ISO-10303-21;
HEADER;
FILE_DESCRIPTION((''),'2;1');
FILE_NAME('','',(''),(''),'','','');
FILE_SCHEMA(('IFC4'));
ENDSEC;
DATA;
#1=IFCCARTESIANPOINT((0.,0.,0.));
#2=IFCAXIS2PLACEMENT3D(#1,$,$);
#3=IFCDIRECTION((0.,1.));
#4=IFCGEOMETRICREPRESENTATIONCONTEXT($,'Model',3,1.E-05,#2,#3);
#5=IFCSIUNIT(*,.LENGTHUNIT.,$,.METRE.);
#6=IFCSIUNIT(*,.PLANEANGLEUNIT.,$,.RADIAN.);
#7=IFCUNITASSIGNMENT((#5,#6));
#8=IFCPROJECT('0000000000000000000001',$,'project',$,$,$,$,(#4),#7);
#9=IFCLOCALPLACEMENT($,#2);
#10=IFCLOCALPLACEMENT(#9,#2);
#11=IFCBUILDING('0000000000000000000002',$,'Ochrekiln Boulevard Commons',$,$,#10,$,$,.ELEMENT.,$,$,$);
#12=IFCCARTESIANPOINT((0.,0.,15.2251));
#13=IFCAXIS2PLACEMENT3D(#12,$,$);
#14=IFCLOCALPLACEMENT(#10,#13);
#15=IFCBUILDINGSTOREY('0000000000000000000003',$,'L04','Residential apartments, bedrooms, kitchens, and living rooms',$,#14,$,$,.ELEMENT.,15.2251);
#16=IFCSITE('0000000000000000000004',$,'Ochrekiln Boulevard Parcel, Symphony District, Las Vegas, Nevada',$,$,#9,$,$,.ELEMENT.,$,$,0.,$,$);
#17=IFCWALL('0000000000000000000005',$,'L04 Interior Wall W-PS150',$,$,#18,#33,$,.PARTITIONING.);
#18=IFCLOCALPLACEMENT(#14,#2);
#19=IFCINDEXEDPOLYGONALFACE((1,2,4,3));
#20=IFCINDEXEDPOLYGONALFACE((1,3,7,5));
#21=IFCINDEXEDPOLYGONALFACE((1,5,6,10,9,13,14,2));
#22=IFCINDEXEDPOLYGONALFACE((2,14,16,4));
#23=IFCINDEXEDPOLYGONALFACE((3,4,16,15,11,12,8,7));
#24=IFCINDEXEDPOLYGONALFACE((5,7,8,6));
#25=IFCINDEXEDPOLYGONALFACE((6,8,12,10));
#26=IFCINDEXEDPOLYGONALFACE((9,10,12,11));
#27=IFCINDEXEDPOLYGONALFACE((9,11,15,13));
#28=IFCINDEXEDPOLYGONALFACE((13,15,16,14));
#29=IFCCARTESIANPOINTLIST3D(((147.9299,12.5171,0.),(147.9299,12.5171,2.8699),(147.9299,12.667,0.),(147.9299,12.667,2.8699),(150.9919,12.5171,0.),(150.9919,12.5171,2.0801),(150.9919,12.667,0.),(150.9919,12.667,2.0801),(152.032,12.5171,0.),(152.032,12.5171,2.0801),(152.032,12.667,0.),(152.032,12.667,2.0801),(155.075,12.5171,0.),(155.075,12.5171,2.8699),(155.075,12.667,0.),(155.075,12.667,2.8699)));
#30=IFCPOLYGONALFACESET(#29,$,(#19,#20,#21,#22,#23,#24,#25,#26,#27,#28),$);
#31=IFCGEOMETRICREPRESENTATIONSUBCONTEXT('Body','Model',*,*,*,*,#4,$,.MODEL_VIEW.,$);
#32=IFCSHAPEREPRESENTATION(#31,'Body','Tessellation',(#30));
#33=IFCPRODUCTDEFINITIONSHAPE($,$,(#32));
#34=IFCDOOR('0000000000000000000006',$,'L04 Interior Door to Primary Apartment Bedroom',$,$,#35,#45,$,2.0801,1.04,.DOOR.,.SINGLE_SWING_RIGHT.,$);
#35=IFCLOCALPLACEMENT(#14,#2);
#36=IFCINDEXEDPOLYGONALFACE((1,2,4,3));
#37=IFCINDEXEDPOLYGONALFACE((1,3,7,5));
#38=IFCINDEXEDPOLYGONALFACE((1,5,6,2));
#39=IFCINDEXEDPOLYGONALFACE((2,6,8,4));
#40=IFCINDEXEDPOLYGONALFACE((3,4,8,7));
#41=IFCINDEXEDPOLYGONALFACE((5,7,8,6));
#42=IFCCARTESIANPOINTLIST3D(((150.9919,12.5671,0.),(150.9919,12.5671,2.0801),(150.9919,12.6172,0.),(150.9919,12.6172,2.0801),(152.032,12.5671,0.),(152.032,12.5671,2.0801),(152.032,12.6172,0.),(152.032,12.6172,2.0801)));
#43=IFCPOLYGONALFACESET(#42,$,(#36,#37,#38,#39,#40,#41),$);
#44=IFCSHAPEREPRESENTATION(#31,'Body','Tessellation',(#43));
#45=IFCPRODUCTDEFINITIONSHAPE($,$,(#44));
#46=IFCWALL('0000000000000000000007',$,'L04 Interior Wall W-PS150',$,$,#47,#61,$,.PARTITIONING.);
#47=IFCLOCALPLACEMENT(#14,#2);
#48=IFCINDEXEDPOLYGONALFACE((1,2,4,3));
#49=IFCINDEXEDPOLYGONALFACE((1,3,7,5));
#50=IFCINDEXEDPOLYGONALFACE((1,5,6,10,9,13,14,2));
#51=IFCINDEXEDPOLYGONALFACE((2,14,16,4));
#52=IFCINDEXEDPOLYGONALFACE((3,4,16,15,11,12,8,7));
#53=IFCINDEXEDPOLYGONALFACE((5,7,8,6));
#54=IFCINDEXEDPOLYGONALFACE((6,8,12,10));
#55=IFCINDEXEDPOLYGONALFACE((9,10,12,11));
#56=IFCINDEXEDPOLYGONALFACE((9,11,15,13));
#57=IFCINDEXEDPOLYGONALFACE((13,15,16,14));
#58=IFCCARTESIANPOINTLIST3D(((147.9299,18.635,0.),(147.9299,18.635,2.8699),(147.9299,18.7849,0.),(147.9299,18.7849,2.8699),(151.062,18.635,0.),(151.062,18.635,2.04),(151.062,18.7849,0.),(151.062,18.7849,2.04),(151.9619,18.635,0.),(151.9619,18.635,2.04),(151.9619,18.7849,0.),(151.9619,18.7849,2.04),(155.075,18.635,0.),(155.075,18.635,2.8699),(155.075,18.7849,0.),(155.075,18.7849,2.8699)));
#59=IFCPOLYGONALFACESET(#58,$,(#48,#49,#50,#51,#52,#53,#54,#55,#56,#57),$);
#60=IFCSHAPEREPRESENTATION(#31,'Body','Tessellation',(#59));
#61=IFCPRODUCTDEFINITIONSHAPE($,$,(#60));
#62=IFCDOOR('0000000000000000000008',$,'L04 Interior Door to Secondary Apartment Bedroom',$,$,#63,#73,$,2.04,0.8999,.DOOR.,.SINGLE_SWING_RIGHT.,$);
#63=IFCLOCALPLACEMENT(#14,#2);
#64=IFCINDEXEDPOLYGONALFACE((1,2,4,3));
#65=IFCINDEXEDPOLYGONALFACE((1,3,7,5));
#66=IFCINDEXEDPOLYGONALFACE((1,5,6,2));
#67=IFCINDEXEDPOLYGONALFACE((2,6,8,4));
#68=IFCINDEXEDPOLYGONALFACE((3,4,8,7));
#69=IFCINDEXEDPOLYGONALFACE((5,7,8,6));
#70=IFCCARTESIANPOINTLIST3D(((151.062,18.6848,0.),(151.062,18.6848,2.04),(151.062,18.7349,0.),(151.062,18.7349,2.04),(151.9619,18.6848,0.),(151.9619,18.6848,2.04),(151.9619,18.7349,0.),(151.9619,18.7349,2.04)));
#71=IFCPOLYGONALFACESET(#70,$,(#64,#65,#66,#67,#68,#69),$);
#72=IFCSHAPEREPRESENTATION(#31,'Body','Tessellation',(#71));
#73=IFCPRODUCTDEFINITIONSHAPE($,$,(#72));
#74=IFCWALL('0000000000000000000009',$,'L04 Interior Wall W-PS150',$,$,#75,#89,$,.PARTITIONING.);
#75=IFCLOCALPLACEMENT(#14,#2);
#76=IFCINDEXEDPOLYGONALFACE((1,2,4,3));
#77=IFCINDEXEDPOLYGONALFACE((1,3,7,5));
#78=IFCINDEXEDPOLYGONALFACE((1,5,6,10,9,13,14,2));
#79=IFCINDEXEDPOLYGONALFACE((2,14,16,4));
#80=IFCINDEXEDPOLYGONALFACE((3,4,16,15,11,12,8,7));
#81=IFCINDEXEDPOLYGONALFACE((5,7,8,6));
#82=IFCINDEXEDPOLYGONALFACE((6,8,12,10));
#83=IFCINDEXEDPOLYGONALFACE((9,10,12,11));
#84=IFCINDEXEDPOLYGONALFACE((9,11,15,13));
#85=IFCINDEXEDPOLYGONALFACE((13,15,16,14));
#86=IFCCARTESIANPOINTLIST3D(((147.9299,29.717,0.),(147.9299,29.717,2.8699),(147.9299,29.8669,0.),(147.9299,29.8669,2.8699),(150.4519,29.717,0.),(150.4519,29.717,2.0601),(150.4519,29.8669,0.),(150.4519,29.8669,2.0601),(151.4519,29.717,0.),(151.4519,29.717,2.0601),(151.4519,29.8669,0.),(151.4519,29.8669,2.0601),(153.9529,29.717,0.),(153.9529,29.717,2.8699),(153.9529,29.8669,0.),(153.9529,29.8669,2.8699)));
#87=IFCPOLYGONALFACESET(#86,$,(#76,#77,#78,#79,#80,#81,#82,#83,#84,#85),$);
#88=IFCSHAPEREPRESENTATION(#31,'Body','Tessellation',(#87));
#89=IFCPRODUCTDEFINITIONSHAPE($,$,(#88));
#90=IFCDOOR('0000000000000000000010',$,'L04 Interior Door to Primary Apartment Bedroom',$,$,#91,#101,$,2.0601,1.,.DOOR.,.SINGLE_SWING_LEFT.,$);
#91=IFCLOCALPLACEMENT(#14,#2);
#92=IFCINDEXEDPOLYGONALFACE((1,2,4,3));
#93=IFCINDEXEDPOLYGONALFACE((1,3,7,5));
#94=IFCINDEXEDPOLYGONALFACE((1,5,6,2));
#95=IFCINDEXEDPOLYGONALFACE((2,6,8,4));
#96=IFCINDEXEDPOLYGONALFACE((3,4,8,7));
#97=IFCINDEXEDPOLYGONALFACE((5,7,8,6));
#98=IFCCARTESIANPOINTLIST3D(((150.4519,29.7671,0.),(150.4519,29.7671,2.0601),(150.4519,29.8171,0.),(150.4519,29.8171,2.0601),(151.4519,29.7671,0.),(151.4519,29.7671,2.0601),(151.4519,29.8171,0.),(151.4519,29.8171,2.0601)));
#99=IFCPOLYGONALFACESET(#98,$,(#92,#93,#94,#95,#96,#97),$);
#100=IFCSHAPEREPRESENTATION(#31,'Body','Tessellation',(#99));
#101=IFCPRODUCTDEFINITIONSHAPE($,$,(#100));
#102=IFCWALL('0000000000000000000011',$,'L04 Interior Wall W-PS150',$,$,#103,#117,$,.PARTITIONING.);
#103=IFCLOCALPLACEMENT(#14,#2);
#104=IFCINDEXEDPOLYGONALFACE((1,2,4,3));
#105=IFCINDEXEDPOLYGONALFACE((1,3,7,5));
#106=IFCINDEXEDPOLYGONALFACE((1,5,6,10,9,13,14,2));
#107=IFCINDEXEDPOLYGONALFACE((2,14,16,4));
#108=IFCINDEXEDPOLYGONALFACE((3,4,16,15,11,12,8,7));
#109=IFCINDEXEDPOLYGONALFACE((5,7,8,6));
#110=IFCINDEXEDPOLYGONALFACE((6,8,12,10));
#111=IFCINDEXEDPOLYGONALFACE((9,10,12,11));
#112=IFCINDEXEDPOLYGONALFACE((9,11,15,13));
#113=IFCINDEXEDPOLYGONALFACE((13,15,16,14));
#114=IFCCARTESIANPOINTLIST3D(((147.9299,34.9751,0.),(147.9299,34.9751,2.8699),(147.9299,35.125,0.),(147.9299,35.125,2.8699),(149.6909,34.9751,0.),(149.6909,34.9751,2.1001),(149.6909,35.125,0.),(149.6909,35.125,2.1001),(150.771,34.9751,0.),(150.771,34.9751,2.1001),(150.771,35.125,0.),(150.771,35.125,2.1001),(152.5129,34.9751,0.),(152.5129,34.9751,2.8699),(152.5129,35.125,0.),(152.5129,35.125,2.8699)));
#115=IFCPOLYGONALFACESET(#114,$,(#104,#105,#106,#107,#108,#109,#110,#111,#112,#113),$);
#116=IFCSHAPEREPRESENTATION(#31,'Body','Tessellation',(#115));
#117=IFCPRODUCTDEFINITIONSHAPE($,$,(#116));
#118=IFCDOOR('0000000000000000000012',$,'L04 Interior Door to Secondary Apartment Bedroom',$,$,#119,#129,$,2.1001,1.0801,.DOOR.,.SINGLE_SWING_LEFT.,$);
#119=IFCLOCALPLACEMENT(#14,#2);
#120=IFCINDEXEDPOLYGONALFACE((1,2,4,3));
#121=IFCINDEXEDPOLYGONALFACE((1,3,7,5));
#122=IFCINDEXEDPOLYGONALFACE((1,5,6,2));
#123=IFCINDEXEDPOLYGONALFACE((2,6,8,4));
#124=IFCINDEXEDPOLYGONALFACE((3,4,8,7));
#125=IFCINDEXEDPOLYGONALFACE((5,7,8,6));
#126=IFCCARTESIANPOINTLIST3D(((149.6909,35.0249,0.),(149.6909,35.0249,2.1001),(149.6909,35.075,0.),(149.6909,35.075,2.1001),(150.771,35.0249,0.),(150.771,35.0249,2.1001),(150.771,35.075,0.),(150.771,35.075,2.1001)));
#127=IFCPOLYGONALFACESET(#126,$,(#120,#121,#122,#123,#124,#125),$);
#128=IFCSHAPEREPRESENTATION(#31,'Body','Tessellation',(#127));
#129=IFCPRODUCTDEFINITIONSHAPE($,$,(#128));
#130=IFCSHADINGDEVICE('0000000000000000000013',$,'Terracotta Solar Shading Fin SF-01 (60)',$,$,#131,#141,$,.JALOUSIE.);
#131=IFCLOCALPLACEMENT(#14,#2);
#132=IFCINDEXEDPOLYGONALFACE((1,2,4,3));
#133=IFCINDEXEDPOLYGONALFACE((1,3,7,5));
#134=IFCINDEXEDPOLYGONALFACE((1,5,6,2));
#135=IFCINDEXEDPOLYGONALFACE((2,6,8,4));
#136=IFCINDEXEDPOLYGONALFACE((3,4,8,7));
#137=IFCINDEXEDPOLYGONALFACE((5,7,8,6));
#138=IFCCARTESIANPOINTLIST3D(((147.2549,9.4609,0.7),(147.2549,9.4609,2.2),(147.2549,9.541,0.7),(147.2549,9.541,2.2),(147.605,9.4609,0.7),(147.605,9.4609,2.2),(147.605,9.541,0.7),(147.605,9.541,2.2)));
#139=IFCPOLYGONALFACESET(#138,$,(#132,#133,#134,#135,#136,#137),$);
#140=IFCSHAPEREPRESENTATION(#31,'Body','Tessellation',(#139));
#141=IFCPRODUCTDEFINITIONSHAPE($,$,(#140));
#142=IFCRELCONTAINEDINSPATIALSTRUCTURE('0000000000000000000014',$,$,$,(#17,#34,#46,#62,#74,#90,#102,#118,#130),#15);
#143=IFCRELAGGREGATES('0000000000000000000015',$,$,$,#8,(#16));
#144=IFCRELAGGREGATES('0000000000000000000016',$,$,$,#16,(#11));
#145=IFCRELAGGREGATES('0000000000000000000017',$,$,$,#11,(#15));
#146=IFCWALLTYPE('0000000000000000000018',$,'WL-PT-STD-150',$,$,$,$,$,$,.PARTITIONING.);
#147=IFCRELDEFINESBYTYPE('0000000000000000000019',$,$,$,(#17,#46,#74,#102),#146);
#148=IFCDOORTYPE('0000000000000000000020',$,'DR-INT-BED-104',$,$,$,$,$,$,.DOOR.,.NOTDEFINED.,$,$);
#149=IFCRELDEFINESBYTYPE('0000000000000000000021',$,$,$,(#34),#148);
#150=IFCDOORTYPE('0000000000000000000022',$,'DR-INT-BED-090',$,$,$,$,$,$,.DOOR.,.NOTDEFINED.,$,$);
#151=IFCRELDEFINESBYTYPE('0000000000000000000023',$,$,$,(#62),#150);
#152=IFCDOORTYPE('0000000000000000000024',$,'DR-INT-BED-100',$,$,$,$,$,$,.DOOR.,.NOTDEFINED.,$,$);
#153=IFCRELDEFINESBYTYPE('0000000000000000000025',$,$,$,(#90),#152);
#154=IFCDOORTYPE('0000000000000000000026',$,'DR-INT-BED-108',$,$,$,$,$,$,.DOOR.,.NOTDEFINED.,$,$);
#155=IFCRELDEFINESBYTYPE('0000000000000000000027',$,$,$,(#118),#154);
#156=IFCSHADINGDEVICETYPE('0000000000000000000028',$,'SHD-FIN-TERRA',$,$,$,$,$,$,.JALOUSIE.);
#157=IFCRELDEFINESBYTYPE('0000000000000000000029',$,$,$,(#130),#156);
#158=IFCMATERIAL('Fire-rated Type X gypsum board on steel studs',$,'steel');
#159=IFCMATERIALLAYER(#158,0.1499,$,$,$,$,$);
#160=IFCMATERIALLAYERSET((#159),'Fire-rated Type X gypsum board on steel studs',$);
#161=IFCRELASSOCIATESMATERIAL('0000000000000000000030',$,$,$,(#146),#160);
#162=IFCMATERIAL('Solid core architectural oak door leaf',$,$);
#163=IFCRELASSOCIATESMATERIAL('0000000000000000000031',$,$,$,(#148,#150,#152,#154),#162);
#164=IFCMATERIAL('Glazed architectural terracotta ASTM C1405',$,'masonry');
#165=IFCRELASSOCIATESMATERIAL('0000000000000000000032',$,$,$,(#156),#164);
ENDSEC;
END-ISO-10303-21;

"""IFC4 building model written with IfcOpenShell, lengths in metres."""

from ifc_helpers import new_model, si_unit, direction, frame, frame_2d, origin, origin_2d, place, context, subcontext, project, spatial, rectangle, extrude, material, layer, layer_set, type_object, element, fill, save


model = new_model("IFC4")

# Units and contexts
model_context = context("Model", 3, precision=1e-05, world=origin(), true_north=direction((0.0, 1.0)))
body_context = subcontext(model_context, "Body", "Model", "MODEL_VIEW")
ifc_project = project(units=[si_unit("LENGTHUNIT", "METRE"), si_unit("PLANEANGLEUNIT", "RADIAN")], contexts=[model_context])

# Site, building, storey
site_placement = place(None, origin())
site = spatial("IfcSite", under=ifc_project, at=site_placement, Name="Ochrekiln Boulevard Parcel, Symphony District, Las Vegas, Nevada", CompositionType="ELEMENT", RefElevation=0.0)
building_placement = place(site_placement, origin())
building = spatial("IfcBuilding", under=site, at=building_placement, Name="Ochrekiln Boulevard Commons", CompositionType="ELEMENT")
storey_placement = place(building_placement, frame((0.0, 0.0, 15.2251)))
storey = spatial("IfcBuildingStorey", under=building, at=storey_placement, Name="L04", Description="Residential apartments, bedrooms, kitchens, and living rooms", CompositionType="ELEMENT", Elevation=15.2251)

# Shared definitions
ifc_material_1 = material(Name="Fire-rated Type X gypsum board on steel studs", Category="steel")

# Walls, openings, doors
ifc_layer_1 = layer(ifc_material_1, 0.1499)
ifc_layer_set_1 = layer_set([ifc_layer_1], Name="Fire-rated Type X gypsum board on steel studs")
wall_type_1 = type_object("IfcWallType", Name="WL-PT-STD-150", PredefinedType="PARTITIONING", material=ifc_layer_set_1)
wall_1_placement = place(storey_placement, frame((147.9299, 12.592, 0.0), z_axis=(0.0, 0.0, 1.0), x_axis=(1.0, 0.0, 0.0)))
wall_1 = element("IfcWall", 1, at=wall_1_placement, inside=storey, type_object=wall_type_1, Name="L04 Interior Wall W-PS150", PredefinedType="PARTITIONING", context=body_context, shape_type="SweptSolid", body=[
    extrude(rectangle(XDim=7.145, YDim=0.1499, at=frame_2d((3.5725, 0.0))), origin(), (0.0, 0.0, 1.0), 2.8699),
])
opening_1_placement = place(wall_1_placement, frame((3.062, 0.0, 0.0)))
opening_1 = element("IfcOpeningElement", 2, at=opening_1_placement, cuts=wall_1, PredefinedType="OPENING", context=body_context, shape_type="SweptSolid", body=[
    extrude(rectangle(XDim=1.04, YDim=2.0801, at=frame_2d((0.52, 1.04))), frame((0.0, 0.085, 0.0), z_axis=(0.0, -1.0, 0.0), x_axis=(1.0, 0.0, 0.0)), (0.0, 0.0, 1.0), 0.1699),
])
ifc_material_2 = material(Name="Solid core architectural oak door leaf")
door_type_1 = type_object("IfcDoorType", Name="DR-INT-BED-104", OperationType="NOTDEFINED", PredefinedType="DOOR", material=ifc_material_2)
door_1_placement = place(opening_1_placement, frame((1.04, 0.0, 0.0), z_axis=(0.0, 0.0, 1.0), x_axis=(-1.0, 0.0, 0.0)))
door_1 = element("IfcDoor", 3, at=door_1_placement, inside=storey, type_object=door_type_1, Name="L04 Interior Door to Primary Apartment Bedroom", OperationType="SINGLE_SWING_RIGHT", OverallHeight=2.0801, OverallWidth=1.04, PredefinedType="DOOR", context=body_context, shape_type="SweptSolid", body=[
    extrude(rectangle(XDim=1.04, YDim=2.0801, at=frame_2d((0.52, 1.04))), frame((0.0, 0.0249, 0.0), z_axis=(0.0, -1.0, 0.0), x_axis=(1.0, 0.0, 0.0)), (0.0, 0.0, 1.0), 0.05),
])
fill(opening_1, door_1)
wall_2_placement = place(storey_placement, frame((147.9299, 18.71, 0.0), z_axis=(0.0, 0.0, 1.0), x_axis=(1.0, 0.0, 0.0)))
wall_2 = element("IfcWall", 4, at=wall_2_placement, inside=storey, type_object=wall_type_1, Name="L04 Interior Wall W-PS150", PredefinedType="PARTITIONING", context=body_context, shape_type="SweptSolid", body=[
    extrude(rectangle(XDim=7.145, YDim=0.1499, at=frame_2d((3.5725, 0.0))), origin(), (0.0, 0.0, 1.0), 2.8699),
])
opening_2_placement = place(wall_2_placement, frame((3.1321, 0.0, 0.0)))
opening_2 = element("IfcOpeningElement", 5, at=opening_2_placement, cuts=wall_2, PredefinedType="OPENING", context=body_context, shape_type="SweptSolid", body=[
    extrude(rectangle(XDim=0.8999, YDim=2.04, at=frame_2d((0.45, 1.02))), frame((0.0, 0.085, 0.0), z_axis=(0.0, -1.0, 0.0), x_axis=(1.0, 0.0, 0.0)), (0.0, 0.0, 1.0), 0.1699),
])
door_type_2 = type_object("IfcDoorType", Name="DR-INT-BED-090", OperationType="NOTDEFINED", PredefinedType="DOOR", material=ifc_material_2)
door_2_placement = place(opening_2_placement, origin())
door_2 = element("IfcDoor", 6, at=door_2_placement, inside=storey, type_object=door_type_2, Name="L04 Interior Door to Secondary Apartment Bedroom", OperationType="SINGLE_SWING_RIGHT", OverallHeight=2.04, OverallWidth=0.8999, PredefinedType="DOOR", context=body_context, shape_type="SweptSolid", body=[
    extrude(rectangle(XDim=0.8999, YDim=2.04, at=frame_2d((0.45, 1.02))), frame((0.0, 0.0249, 0.0), z_axis=(0.0, -1.0, 0.0), x_axis=(1.0, 0.0, 0.0)), (0.0, 0.0, 1.0), 0.05),
])
fill(opening_2, door_2)
wall_3_placement = place(storey_placement, frame((147.9299, 29.792, 0.0), z_axis=(0.0, 0.0, 1.0), x_axis=(1.0, 0.0, 0.0)))
wall_3 = element("IfcWall", 7, at=wall_3_placement, inside=storey, type_object=wall_type_1, Name="L04 Interior Wall W-PS150", PredefinedType="PARTITIONING", context=body_context, shape_type="SweptSolid", body=[
    extrude(rectangle(XDim=6.0229, YDim=0.1499, at=frame_2d((3.0115, 0.0))), origin(), (0.0, 0.0, 1.0), 2.8699),
])
opening_3_placement = place(wall_3_placement, frame((2.522, 0.0, 0.0)))
opening_3 = element("IfcOpeningElement", 8, at=opening_3_placement, cuts=wall_3, PredefinedType="OPENING", context=body_context, shape_type="SweptSolid", body=[
    extrude(rectangle(XDim=1.0, YDim=2.0601, at=frame_2d((0.5, 1.03))), frame((0.0, 0.085, 0.0), z_axis=(0.0, -1.0, 0.0), x_axis=(1.0, 0.0, 0.0)), (0.0, 0.0, 1.0), 0.1699),
])
door_type_3 = type_object("IfcDoorType", Name="DR-INT-BED-100", OperationType="NOTDEFINED", PredefinedType="DOOR", material=ifc_material_2)
door_3_placement = place(opening_3_placement, frame((1.0, 0.0, 0.0), z_axis=(0.0, 0.0, 1.0), x_axis=(-1.0, 0.0, 0.0)))
door_3 = element("IfcDoor", 9, at=door_3_placement, inside=storey, type_object=door_type_3, Name="L04 Interior Door to Primary Apartment Bedroom", OperationType="SINGLE_SWING_LEFT", OverallHeight=2.0601, OverallWidth=1.0, PredefinedType="DOOR", context=body_context, shape_type="SweptSolid", body=[
    extrude(rectangle(XDim=1.0, YDim=2.0601, at=frame_2d((0.5, 1.03))), frame((0.0, 0.0249, 0.0), z_axis=(0.0, -1.0, 0.0), x_axis=(1.0, 0.0, 0.0)), (0.0, 0.0, 1.0), 0.05),
])
fill(opening_3, door_3)
wall_4_placement = place(storey_placement, frame((147.9299, 35.05, 0.0), z_axis=(0.0, 0.0, 1.0), x_axis=(1.0, 0.0, 0.0)))
wall_4 = element("IfcWall", 10, at=wall_4_placement, inside=storey, type_object=wall_type_1, Name="L04 Interior Wall W-PS150", PredefinedType="PARTITIONING", context=body_context, shape_type="SweptSolid", body=[
    extrude(rectangle(XDim=4.583, YDim=0.1499, at=frame_2d((2.2915, 0.0))), origin(), (0.0, 0.0, 1.0), 2.8699),
])
opening_4_placement = place(wall_4_placement, frame((1.761, 0.0, 0.0)))
opening_4 = element("IfcOpeningElement", 11, at=opening_4_placement, cuts=wall_4, PredefinedType="OPENING", context=body_context, shape_type="SweptSolid", body=[
    extrude(rectangle(XDim=1.0801, YDim=2.1001, at=frame_2d((0.54, 1.05))), frame((0.0, 0.085, 0.0), z_axis=(0.0, -1.0, 0.0), x_axis=(1.0, 0.0, 0.0)), (0.0, 0.0, 1.0), 0.1699),
])
door_type_4 = type_object("IfcDoorType", Name="DR-INT-BED-108", OperationType="NOTDEFINED", PredefinedType="DOOR", material=ifc_material_2)
door_4_placement = place(opening_4_placement, origin())
door_4 = element("IfcDoor", 12, at=door_4_placement, inside=storey, type_object=door_type_4, Name="L04 Interior Door to Secondary Apartment Bedroom", OperationType="SINGLE_SWING_LEFT", OverallHeight=2.1001, OverallWidth=1.0801, PredefinedType="DOOR", context=body_context, shape_type="SweptSolid", body=[
    extrude(rectangle(XDim=1.0801, YDim=2.1001, at=frame_2d((0.54, 1.05))), frame((0.0, 0.0249, 0.0), z_axis=(0.0, -1.0, 0.0), x_axis=(1.0, 0.0, 0.0)), (0.0, 0.0, 1.0), 0.05),
])
fill(opening_4, door_4)

# Shading device
ifc_material_3 = material(Name="Glazed architectural terracotta ASTM C1405", Category="masonry")
shading_device_type = type_object("IfcShadingDeviceType", Name="SHD-FIN-TERRA", PredefinedType="JALOUSIE", material=ifc_material_3)
shading_device_placement = place(storey_placement, frame((147.4299, 9.501, 0.7), z_axis=(0.0, 0.0, 1.0), x_axis=(1.0, 0.0, 0.0)))
element("IfcShadingDevice", 13, at=shading_device_placement, inside=storey, type_object=shading_device_type, Name="Terracotta Solar Shading Fin SF-01 (60)", PredefinedType="JALOUSIE", context=body_context, shape_type="SweptSolid", body=[
    extrude(rectangle(XDim=0.3501, YDim=0.0801, at=origin_2d()), origin(), (0.0, 0.0, 1.0), 1.5),
])

save(model, "model.ifc")
